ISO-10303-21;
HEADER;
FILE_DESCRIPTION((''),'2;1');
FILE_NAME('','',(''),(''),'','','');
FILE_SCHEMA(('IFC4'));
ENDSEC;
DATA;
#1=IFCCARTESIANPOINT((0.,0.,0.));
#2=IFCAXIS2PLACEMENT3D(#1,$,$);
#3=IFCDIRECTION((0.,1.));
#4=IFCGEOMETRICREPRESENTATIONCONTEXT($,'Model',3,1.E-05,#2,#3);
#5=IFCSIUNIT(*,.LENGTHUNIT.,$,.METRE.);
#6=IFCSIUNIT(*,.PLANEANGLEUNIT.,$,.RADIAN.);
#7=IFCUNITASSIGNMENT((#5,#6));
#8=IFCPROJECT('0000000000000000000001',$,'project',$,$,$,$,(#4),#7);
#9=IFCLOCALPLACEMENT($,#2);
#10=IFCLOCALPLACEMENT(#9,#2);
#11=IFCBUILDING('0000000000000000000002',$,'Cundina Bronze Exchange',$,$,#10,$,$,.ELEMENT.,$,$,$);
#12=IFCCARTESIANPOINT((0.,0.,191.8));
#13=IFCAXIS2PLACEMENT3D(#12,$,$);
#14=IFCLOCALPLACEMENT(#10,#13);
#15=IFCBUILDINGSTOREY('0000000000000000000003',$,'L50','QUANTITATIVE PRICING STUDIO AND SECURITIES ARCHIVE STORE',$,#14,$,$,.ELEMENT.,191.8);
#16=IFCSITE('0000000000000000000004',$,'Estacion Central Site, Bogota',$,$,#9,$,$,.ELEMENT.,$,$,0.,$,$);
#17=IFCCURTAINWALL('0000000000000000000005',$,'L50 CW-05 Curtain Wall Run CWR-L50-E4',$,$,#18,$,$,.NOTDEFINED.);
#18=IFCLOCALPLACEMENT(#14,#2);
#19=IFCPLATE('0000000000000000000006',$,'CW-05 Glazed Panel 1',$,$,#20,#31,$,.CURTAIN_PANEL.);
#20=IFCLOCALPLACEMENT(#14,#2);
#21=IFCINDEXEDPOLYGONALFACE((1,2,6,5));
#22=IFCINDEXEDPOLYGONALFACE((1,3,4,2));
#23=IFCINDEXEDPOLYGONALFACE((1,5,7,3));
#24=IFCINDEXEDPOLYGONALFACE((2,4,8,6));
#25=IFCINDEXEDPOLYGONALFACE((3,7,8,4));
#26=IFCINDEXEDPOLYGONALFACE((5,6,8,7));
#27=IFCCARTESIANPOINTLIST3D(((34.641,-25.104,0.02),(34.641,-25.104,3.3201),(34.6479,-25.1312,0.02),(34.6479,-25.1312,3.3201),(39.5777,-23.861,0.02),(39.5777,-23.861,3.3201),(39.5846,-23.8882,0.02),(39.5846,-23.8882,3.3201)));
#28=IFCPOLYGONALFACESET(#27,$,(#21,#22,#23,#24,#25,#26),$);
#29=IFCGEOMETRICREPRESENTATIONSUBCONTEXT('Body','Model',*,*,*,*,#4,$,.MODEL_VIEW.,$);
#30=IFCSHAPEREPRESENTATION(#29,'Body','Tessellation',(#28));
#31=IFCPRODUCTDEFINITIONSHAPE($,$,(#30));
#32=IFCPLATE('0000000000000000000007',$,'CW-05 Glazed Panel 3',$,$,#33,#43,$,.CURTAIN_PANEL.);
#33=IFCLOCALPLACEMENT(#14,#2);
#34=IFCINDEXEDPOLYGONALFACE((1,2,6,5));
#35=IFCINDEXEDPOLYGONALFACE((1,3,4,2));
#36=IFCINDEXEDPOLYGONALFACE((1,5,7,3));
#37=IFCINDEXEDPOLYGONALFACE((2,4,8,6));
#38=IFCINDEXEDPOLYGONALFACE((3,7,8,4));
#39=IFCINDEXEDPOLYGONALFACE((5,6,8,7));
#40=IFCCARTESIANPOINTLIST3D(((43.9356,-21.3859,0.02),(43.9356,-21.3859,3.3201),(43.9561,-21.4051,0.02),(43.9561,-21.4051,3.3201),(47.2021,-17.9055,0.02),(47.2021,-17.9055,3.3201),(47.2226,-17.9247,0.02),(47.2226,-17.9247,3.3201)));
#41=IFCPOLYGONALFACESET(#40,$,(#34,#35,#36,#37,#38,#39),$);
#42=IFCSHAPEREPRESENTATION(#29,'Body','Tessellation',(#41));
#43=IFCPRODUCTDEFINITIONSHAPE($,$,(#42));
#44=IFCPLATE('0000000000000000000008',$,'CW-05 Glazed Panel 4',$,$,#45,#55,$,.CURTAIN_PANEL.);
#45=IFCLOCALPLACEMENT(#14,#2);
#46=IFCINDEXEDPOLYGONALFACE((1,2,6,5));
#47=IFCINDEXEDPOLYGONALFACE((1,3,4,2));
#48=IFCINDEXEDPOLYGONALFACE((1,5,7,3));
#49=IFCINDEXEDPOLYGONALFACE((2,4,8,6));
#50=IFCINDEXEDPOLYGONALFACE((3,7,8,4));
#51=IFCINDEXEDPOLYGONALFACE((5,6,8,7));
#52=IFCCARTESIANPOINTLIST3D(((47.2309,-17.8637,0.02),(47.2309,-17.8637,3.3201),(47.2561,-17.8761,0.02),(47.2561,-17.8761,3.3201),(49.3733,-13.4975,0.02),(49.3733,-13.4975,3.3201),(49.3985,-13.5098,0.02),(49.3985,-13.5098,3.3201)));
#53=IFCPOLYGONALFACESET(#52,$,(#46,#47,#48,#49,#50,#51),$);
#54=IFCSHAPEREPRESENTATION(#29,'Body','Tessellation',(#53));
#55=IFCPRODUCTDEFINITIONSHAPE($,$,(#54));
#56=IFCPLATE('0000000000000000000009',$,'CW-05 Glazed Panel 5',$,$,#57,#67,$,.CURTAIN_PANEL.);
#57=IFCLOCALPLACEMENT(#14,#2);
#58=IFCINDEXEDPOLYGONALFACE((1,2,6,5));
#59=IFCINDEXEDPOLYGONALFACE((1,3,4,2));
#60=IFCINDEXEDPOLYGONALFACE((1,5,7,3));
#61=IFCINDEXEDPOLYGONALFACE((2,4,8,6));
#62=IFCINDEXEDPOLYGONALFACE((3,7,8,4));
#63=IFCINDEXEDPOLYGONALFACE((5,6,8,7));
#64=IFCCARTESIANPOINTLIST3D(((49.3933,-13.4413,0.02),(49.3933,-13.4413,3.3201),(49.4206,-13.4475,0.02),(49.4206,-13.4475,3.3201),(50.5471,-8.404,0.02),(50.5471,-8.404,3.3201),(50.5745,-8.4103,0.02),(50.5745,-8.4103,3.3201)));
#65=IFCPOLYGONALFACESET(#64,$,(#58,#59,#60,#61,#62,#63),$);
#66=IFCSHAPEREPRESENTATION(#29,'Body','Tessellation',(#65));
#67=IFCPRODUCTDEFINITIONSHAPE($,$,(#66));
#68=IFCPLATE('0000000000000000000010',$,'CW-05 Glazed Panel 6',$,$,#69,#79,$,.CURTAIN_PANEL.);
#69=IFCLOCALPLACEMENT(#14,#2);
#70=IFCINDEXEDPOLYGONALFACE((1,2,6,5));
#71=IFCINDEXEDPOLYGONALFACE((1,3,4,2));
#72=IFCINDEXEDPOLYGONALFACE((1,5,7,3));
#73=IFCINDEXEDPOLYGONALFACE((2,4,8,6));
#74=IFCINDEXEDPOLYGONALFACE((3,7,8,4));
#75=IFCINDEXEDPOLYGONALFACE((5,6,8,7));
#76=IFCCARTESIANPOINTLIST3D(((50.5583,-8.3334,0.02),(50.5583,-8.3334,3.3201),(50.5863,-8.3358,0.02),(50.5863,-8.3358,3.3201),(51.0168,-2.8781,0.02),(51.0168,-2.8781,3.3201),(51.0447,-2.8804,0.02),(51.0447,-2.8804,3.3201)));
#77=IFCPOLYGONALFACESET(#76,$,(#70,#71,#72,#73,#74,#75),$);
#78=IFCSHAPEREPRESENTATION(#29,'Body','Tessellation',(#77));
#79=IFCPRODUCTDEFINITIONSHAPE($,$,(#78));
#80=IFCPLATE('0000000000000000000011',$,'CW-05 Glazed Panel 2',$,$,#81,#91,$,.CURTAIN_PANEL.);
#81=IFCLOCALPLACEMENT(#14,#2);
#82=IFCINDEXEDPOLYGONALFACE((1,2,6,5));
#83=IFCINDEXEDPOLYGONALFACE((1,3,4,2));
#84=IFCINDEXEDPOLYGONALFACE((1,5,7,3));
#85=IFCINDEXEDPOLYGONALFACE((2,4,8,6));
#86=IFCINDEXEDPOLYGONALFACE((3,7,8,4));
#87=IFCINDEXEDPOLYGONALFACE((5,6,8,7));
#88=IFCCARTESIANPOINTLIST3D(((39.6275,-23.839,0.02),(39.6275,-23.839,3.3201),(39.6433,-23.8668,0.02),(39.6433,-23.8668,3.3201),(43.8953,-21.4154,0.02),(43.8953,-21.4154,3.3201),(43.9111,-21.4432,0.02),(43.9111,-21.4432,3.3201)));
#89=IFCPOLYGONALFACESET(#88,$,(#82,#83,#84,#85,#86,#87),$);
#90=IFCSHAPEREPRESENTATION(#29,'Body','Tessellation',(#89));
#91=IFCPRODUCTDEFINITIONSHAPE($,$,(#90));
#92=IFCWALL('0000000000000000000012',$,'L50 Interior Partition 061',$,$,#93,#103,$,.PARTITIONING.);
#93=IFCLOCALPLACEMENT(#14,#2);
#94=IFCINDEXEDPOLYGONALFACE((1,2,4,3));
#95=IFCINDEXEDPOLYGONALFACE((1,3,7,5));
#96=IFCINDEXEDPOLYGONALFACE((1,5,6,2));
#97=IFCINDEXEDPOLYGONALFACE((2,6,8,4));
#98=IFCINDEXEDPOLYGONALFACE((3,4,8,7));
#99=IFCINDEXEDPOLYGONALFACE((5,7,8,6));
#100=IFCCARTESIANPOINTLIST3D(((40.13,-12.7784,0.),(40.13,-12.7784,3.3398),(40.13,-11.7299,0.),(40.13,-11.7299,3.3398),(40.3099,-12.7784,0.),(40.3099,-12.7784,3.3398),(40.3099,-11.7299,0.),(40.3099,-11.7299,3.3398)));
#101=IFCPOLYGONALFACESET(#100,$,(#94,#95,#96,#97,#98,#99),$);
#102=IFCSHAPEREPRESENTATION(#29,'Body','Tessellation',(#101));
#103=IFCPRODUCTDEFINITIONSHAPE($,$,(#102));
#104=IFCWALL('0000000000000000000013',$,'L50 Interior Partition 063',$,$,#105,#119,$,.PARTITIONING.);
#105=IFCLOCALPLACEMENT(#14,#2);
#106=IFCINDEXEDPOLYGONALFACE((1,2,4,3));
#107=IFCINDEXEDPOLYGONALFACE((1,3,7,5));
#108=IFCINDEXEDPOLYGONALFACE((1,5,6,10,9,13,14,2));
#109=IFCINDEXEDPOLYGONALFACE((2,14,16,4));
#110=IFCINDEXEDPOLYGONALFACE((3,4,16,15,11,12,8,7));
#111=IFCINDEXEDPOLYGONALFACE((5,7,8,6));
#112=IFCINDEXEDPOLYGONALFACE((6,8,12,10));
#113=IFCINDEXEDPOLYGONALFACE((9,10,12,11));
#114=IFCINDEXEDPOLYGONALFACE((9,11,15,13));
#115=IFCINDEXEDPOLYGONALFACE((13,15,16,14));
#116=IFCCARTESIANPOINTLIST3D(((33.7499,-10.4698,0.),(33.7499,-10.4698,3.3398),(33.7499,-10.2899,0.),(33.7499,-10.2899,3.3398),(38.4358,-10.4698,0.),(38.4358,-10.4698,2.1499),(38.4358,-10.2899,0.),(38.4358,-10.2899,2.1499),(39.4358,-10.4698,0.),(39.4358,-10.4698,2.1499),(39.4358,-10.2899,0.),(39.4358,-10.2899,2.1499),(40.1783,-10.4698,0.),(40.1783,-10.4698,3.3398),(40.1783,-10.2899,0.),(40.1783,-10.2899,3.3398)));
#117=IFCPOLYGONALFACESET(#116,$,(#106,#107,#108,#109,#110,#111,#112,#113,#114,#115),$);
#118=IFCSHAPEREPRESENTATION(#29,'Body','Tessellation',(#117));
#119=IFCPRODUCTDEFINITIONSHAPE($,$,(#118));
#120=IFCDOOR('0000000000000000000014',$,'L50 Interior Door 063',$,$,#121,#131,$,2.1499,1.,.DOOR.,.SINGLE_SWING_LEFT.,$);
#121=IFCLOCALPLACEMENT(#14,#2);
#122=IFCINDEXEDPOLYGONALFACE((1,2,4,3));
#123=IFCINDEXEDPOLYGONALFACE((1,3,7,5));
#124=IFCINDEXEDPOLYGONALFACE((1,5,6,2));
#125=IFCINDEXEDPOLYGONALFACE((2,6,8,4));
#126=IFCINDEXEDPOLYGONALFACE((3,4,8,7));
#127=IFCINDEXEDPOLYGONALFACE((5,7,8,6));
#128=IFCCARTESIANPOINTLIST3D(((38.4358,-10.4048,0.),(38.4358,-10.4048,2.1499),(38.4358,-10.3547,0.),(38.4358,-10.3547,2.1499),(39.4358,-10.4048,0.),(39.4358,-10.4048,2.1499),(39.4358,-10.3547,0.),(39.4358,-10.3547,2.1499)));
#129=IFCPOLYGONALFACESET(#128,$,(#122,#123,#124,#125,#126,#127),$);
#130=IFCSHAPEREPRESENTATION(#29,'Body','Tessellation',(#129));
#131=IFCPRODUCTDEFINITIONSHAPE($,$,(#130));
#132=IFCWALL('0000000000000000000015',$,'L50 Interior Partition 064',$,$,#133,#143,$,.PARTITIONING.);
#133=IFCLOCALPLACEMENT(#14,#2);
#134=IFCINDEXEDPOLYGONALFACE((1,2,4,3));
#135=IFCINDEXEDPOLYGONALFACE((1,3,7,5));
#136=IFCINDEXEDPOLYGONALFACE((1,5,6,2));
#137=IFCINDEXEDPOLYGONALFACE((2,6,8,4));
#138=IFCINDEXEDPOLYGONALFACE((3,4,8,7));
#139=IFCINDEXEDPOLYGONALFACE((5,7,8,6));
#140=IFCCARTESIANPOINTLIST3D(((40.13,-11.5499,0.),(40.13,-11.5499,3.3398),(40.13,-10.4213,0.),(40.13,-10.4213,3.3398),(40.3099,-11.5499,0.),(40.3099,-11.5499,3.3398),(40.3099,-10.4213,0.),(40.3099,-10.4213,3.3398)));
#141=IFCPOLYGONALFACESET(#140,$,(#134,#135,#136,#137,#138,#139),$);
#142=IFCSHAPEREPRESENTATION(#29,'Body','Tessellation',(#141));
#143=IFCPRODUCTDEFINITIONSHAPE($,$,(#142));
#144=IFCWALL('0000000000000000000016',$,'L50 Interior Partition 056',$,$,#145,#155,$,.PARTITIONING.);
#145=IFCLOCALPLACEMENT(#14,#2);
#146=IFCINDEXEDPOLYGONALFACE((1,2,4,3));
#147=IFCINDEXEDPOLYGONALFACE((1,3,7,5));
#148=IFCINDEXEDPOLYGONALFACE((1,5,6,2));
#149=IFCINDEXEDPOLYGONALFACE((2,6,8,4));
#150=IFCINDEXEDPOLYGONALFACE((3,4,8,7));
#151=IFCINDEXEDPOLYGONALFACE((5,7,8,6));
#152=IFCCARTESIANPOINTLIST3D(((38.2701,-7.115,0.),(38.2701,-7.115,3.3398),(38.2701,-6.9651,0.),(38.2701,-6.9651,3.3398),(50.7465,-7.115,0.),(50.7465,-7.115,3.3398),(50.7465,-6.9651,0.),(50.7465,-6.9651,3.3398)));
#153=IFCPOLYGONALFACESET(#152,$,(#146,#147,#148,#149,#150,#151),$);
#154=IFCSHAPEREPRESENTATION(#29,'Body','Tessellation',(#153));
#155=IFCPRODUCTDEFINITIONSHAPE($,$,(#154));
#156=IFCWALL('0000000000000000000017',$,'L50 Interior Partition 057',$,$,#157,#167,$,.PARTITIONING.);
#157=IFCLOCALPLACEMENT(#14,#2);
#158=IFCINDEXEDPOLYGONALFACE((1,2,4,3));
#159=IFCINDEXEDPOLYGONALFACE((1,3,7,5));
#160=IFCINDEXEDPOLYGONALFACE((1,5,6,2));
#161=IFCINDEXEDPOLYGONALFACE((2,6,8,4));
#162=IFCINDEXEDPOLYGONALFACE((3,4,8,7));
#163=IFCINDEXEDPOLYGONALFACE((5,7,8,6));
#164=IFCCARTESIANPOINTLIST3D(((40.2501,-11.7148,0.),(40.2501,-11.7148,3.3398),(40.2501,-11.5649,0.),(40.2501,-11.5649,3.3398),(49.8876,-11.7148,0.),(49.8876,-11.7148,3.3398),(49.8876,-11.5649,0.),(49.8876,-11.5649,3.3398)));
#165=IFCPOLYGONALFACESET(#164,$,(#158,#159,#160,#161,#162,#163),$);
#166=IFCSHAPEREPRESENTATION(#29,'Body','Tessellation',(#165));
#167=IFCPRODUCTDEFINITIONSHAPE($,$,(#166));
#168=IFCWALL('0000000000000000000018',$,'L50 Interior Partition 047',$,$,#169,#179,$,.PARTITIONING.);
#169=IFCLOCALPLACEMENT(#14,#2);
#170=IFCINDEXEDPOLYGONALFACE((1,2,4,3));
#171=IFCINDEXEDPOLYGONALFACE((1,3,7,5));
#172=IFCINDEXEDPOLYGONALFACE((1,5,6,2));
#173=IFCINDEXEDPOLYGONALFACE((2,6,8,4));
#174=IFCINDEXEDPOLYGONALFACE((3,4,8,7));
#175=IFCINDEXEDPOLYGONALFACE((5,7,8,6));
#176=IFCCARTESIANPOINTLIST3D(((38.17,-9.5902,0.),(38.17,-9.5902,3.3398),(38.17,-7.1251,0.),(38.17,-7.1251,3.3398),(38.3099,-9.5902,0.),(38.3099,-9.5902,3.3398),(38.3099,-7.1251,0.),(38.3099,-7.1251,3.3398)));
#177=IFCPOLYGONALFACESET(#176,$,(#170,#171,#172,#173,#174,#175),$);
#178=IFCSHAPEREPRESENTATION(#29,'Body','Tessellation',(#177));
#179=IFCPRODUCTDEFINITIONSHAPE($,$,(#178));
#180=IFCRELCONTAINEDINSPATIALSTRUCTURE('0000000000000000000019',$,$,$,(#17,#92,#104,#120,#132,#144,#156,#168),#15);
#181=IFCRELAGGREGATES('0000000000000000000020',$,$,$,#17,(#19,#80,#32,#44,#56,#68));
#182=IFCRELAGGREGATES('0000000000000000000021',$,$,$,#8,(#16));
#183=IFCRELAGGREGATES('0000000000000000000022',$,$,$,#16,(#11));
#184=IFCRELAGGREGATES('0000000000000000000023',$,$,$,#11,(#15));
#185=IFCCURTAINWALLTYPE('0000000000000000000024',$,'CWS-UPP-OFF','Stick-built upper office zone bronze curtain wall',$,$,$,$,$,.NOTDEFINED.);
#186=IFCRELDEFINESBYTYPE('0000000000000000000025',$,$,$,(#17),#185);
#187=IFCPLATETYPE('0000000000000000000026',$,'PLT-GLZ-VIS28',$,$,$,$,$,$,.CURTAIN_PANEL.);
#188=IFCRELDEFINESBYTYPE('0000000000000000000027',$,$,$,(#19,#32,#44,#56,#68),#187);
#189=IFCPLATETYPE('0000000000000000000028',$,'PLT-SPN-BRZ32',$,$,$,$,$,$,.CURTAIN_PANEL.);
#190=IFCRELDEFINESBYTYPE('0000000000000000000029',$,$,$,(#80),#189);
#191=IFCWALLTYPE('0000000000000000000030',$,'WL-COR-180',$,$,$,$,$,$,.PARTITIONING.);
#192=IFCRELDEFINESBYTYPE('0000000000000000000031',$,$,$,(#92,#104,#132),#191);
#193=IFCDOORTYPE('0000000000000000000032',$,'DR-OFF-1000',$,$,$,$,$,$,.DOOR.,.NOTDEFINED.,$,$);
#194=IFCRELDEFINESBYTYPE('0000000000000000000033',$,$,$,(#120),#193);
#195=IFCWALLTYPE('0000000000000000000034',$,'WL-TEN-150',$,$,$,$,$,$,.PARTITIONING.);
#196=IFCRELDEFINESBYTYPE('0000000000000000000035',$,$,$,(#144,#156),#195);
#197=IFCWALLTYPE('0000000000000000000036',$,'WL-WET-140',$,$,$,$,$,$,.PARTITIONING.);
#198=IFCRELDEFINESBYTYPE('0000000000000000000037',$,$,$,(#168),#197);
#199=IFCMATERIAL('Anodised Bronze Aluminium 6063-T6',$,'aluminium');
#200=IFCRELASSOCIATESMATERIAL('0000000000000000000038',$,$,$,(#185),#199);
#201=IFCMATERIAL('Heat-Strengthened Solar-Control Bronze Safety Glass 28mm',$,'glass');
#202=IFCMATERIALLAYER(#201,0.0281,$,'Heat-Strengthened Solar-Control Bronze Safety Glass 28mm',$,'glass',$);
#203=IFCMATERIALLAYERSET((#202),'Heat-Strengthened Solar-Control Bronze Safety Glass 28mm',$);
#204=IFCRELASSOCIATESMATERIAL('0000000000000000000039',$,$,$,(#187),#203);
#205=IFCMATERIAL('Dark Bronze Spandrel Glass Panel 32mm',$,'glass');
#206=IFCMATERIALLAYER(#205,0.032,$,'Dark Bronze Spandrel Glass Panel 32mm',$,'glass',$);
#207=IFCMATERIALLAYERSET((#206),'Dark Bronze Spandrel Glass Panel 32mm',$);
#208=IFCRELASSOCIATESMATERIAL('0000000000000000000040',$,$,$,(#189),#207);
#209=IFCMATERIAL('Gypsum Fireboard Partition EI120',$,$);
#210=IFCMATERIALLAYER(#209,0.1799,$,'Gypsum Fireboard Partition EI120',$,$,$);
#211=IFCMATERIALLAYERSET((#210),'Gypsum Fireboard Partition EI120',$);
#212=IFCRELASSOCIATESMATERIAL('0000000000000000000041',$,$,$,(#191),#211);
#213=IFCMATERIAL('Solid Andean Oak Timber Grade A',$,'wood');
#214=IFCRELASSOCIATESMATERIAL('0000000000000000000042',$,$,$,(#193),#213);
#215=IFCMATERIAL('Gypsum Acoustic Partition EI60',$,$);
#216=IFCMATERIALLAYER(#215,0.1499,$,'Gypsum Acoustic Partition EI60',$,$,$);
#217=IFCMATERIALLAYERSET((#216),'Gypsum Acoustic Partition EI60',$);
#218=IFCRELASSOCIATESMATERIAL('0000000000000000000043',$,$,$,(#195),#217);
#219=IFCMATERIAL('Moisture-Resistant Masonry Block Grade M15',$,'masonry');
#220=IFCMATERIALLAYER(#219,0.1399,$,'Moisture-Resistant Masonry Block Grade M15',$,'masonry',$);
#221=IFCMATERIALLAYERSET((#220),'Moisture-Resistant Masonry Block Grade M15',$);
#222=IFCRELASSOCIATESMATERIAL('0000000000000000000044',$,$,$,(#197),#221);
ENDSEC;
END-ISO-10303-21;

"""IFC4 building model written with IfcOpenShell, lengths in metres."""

from ifc_helpers import new_model, si_unit, direction, frame, frame_2d, origin, origin_2d, place, context, subcontext, project, spatial, rectangle, extrude, material, layer, layer_set, type_object, element, fill, aggregate, save


model = new_model("IFC4")

# Units and contexts
model_context = context("Model", 3, precision=1e-05, world=origin(), true_north=direction((0.0, 1.0)))
body_context = subcontext(model_context, "Body", "Model", "MODEL_VIEW")
ifc_project = project(units=[si_unit("LENGTHUNIT", "METRE"), si_unit("PLANEANGLEUNIT", "RADIAN")], contexts=[model_context])

# Site, building, storey
site_placement = place(None, origin())
site = spatial("IfcSite", under=ifc_project, at=site_placement, Name="Estacion Central Site, Bogota", CompositionType="ELEMENT", RefElevation=0.0)
building_placement = place(site_placement, origin())
building = spatial("IfcBuilding", under=site, at=building_placement, Name="Cundina Bronze Exchange", CompositionType="ELEMENT")
storey_placement = place(building_placement, frame((0.0, 0.0, 191.8)))
storey = spatial("IfcBuildingStorey", under=building, at=storey_placement, Name="L50", Description="QUANTITATIVE PRICING STUDIO AND SECURITIES ARCHIVE STORE", CompositionType="ELEMENT", Elevation=191.8)

# Curtain wall, plates
ifc_material_1 = material(Name="Anodised Bronze Aluminium 6063-T6", Category="aluminium")
curtain_wall_type = type_object("IfcCurtainWallType", Name="CWS-UPP-OFF", Description="Stick-built upper office zone bronze curtain wall", PredefinedType="NOTDEFINED", material=ifc_material_1)
curtain_wall_placement = place(storey_placement, origin())
curtain_wall = element("IfcCurtainWall", 1, at=curtain_wall_placement, inside=storey, type_object=curtain_wall_type, Name="L50 CW-05 Curtain Wall Run CWR-L50-E4", PredefinedType="NOTDEFINED")
ifc_material_2 = material(Name="Heat-Strengthened Solar-Control Bronze Safety Glass 28mm", Category="glass")
ifc_layer_1 = layer(ifc_material_2, 0.0281, Name="Heat-Strengthened Solar-Control Bronze Safety Glass 28mm", Category="glass")
ifc_layer_set_1 = layer_set([ifc_layer_1], Name="Heat-Strengthened Solar-Control Bronze Safety Glass 28mm")
plate_type_1 = type_object("IfcPlateType", Name="PLT-GLZ-VIS28", PredefinedType="CURTAIN_PANEL", material=ifc_layer_set_1)
plate_1_placement = place(storey_placement, frame((37.1128, -24.4961, 0.02), z_axis=(0.0, 0.0, 1.0), x_axis=(0.969732, 0.244174, 0.0)))
plate_1 = element("IfcPlate", 2, at=plate_1_placement, type_object=plate_type_1, Name="CW-05 Glazed Panel 1", PredefinedType="CURTAIN_PANEL", context=body_context, shape_type="SweptSolid", body=[
    extrude(rectangle(XDim=5.0908, YDim=0.0281, at=origin_2d()), origin(), (0.0, 0.0, 1.0), 3.3),
])
plate_2_placement = place(storey_placement, frame((45.5791, -19.6553, 0.02), z_axis=(0.0, 0.0, 1.0), x_axis=(0.684344, 0.72916, 0.0)))
plate_2 = element("IfcPlate", 3, at=plate_2_placement, type_object=plate_type_1, Name="CW-05 Glazed Panel 3", PredefinedType="CURTAIN_PANEL", context=body_context, shape_type="SweptSolid", body=[
    extrude(rectangle(XDim=4.7732, YDim=0.0281, at=origin_2d()), origin(), (0.0, 0.0, 1.0), 3.3),
])
plate_3_placement = place(storey_placement, frame((48.3147, -15.6868, 0.02), z_axis=(0.0, 0.0, 1.0), x_axis=(0.440503, 0.897751, 0.0)))
plate_3 = element("IfcPlate", 4, at=plate_3_placement, type_object=plate_type_1, Name="CW-05 Glazed Panel 4", PredefinedType="CURTAIN_PANEL", context=body_context, shape_type="SweptSolid", body=[
    extrude(rectangle(XDim=4.8635, YDim=0.0281, at=origin_2d()), origin(), (0.0, 0.0, 1.0), 3.3),
])
plate_4_placement = place(storey_placement, frame((49.9839, -10.9258, 0.02), z_axis=(0.0, 0.0, 1.0), x_axis=(0.223284, 0.974753, 0.0)))
plate_4 = element("IfcPlate", 5, at=plate_4_placement, type_object=plate_type_1, Name="CW-05 Glazed Panel 5", PredefinedType="CURTAIN_PANEL", context=body_context, shape_type="SweptSolid", body=[
    extrude(rectangle(XDim=5.1677, YDim=0.0281, at=origin_2d()), origin(), (0.0, 0.0, 1.0), 3.3),
])
plate_5_placement = place(storey_placement, frame((50.8015, -5.6069, 0.02), z_axis=(0.0, 0.0, 1.0), x_axis=(0.083747, 0.996487, 0.0)))
plate_5 = element("IfcPlate", 6, at=plate_5_placement, type_object=plate_type_1, Name="CW-05 Glazed Panel 6", PredefinedType="CURTAIN_PANEL", context=body_context, shape_type="SweptSolid", body=[
    extrude(rectangle(XDim=5.4746, YDim=0.0281, at=origin_2d()), origin(), (0.0, 0.0, 1.0), 3.3),
])
ifc_material_3 = material(Name="Dark Bronze Spandrel Glass Panel 32mm", Category="glass")
ifc_layer_2 = layer(ifc_material_3, 0.032, Name="Dark Bronze Spandrel Glass Panel 32mm", Category="glass")
ifc_layer_set_2 = layer_set([ifc_layer_2], Name="Dark Bronze Spandrel Glass Panel 32mm")
plate_type_2 = type_object("IfcPlateType", Name="PLT-SPN-BRZ32", PredefinedType="CURTAIN_PANEL", material=ifc_layer_set_2)
plate_6_placement = place(storey_placement, frame((41.7693, -22.6411, 0.02), z_axis=(0.0, 0.0, 1.0), x_axis=(0.869573, 0.493805, 0.0)))
plate_6 = element("IfcPlate", 7, at=plate_6_placement, type_object=plate_type_2, Name="CW-05 Glazed Panel 2", PredefinedType="CURTAIN_PANEL", context=body_context, shape_type="SweptSolid", body=[
    extrude(rectangle(XDim=4.908, YDim=0.032, at=origin_2d()), origin(), (0.0, 0.0, 1.0), 3.3),
])
aggregate(curtain_wall, [plate_1, plate_6, plate_2, plate_3, plate_4, plate_5])

# Wall
ifc_material_4 = material(Name="Gypsum Fireboard Partition EI120")
ifc_layer_3 = layer(ifc_material_4, 0.1799, Name="Gypsum Fireboard Partition EI120")
ifc_layer_set_3 = layer_set([ifc_layer_3], Name="Gypsum Fireboard Partition EI120")
wall_type_1 = type_object("IfcWallType", Name="WL-COR-180", PredefinedType="PARTITIONING", material=ifc_layer_set_3)
wall_1_placement = place(storey_placement, frame((40.22, -12.7786, 0.0), z_axis=(0.0, 0.0, 1.0), x_axis=(0.0, 1.0, 0.0)))
element("IfcWall", 8, at=wall_1_placement, inside=storey, type_object=wall_type_1, Name="L50 Interior Partition 061", PredefinedType="PARTITIONING", context=body_context, shape_type="SweptSolid", body=[
    extrude(rectangle(XDim=1.0486, YDim=0.1799, at=frame_2d((0.5244, 0.0))), origin(), (0.0, 0.0, 1.0), 3.3398),
])

# Wall, opening, door
wall_2_placement = place(storey_placement, frame((40.1785, -10.3799, 0.0), z_axis=(0.0, 0.0, 1.0), x_axis=(-1.0, 0.0, 0.0)))
wall_2 = element("IfcWall", 9, at=wall_2_placement, inside=storey, type_object=wall_type_1, Name="L50 Interior Partition 063", PredefinedType="PARTITIONING", context=body_context, shape_type="SweptSolid", body=[
    extrude(rectangle(XDim=6.4285, YDim=0.1799, at=frame_2d((3.2144, 0.0))), origin(), (0.0, 0.0, 1.0), 3.3398),
])
opening_placement = place(wall_2_placement, frame((0.7427, 0.0, 0.0)))
opening = element("IfcOpeningElement", 10, at=opening_placement, cuts=wall_2, PredefinedType="OPENING", context=body_context, shape_type="SweptSolid", body=[
    extrude(rectangle(XDim=1.0, YDim=2.1499, at=frame_2d((0.5, 1.075))), frame((0.0, 0.0999, 0.0), z_axis=(0.0, -1.0, 0.0), x_axis=(1.0, 0.0, 0.0)), (0.0, 0.0, 1.0), 0.2),
])
ifc_material_5 = material(Name="Solid Andean Oak Timber Grade A", Category="wood")
door_type = type_object("IfcDoorType", Name="DR-OFF-1000", OperationType="NOTDEFINED", PredefinedType="DOOR", material=ifc_material_5)
door_placement = place(opening_placement, origin())
door = element("IfcDoor", 11, at=door_placement, inside=storey, type_object=door_type, Name="L50 Interior Door 063", OperationType="SINGLE_SWING_LEFT", OverallHeight=2.1499, OverallWidth=1.0, PredefinedType="DOOR", context=body_context, shape_type="SweptSolid", body=[
    extrude(rectangle(XDim=1.0, YDim=2.1499, at=frame_2d((0.5, 1.075))), frame((0.0, 0.0249, 0.0), z_axis=(0.0, -1.0, 0.0), x_axis=(1.0, 0.0, 0.0)), (0.0, 0.0, 1.0), 0.05),
])
fill(opening, door)

# Walls
wall_3_placement = place(storey_placement, frame((40.22, -11.55, 0.0), z_axis=(0.0, 0.0, 1.0), x_axis=(0.0, 1.0, 0.0)))
element("IfcWall", 12, at=wall_3_placement, inside=storey, type_object=wall_type_1, Name="L50 Interior Partition 064", PredefinedType="PARTITIONING", context=body_context, shape_type="SweptSolid", body=[
    extrude(rectangle(XDim=1.1287, YDim=0.1799, at=frame_2d((0.5645, 0.0))), origin(), (0.0, 0.0, 1.0), 3.3398),
])
ifc_material_6 = material(Name="Gypsum Acoustic Partition EI60")
ifc_layer_4 = layer(ifc_material_6, 0.1499, Name="Gypsum Acoustic Partition EI60")
ifc_layer_set_4 = layer_set([ifc_layer_4], Name="Gypsum Acoustic Partition EI60")
wall_type_2 = type_object("IfcWallType", Name="WL-TEN-150", PredefinedType="PARTITIONING", material=ifc_layer_set_4)
wall_4_placement = place(storey_placement, frame((38.27, -7.04, 0.0), z_axis=(0.0, 0.0, 1.0), x_axis=(1.0, 0.0, 0.0)))
element("IfcWall", 13, at=wall_4_placement, inside=storey, type_object=wall_type_2, Name="L50 Interior Partition 056", PredefinedType="PARTITIONING", context=body_context, shape_type="SweptSolid", body=[
    extrude(rectangle(XDim=12.4763, YDim=0.1499, at=frame_2d((6.2383, 0.0))), origin(), (0.0, 0.0, 1.0), 3.3398),
])
wall_5_placement = place(storey_placement, frame((40.25, -11.6399, 0.0), z_axis=(0.0, 0.0, 1.0), x_axis=(1.0, 0.0, 0.0)))
element("IfcWall", 14, at=wall_5_placement, inside=storey, type_object=wall_type_2, Name="L50 Interior Partition 057", PredefinedType="PARTITIONING", context=body_context, shape_type="SweptSolid", body=[
    extrude(rectangle(XDim=9.6375, YDim=0.1499, at=frame_2d((4.8188, 0.0))), origin(), (0.0, 0.0, 1.0), 3.3398),
])
ifc_material_7 = material(Name="Moisture-Resistant Masonry Block Grade M15", Category="masonry")
ifc_layer_5 = layer(ifc_material_7, 0.1399, Name="Moisture-Resistant Masonry Block Grade M15", Category="masonry")
ifc_layer_set_5 = layer_set([ifc_layer_5], Name="Moisture-Resistant Masonry Block Grade M15")
wall_type_3 = type_object("IfcWallType", Name="WL-WET-140", PredefinedType="PARTITIONING", material=ifc_layer_set_5)
wall_6_placement = place(storey_placement, frame((38.24, -9.5901, 0.0), z_axis=(0.0, 0.0, 1.0), x_axis=(0.0, 1.0, 0.0)))
element("IfcWall", 15, at=wall_6_placement, inside=storey, type_object=wall_type_3, Name="L50 Interior Partition 047", PredefinedType="PARTITIONING", context=body_context, shape_type="SweptSolid", body=[
    extrude(rectangle(XDim=2.4651, YDim=0.1399, at=frame_2d((1.2324, 0.0))), origin(), (0.0, 0.0, 1.0), 3.3398),
])

save(model, "model.ifc")
